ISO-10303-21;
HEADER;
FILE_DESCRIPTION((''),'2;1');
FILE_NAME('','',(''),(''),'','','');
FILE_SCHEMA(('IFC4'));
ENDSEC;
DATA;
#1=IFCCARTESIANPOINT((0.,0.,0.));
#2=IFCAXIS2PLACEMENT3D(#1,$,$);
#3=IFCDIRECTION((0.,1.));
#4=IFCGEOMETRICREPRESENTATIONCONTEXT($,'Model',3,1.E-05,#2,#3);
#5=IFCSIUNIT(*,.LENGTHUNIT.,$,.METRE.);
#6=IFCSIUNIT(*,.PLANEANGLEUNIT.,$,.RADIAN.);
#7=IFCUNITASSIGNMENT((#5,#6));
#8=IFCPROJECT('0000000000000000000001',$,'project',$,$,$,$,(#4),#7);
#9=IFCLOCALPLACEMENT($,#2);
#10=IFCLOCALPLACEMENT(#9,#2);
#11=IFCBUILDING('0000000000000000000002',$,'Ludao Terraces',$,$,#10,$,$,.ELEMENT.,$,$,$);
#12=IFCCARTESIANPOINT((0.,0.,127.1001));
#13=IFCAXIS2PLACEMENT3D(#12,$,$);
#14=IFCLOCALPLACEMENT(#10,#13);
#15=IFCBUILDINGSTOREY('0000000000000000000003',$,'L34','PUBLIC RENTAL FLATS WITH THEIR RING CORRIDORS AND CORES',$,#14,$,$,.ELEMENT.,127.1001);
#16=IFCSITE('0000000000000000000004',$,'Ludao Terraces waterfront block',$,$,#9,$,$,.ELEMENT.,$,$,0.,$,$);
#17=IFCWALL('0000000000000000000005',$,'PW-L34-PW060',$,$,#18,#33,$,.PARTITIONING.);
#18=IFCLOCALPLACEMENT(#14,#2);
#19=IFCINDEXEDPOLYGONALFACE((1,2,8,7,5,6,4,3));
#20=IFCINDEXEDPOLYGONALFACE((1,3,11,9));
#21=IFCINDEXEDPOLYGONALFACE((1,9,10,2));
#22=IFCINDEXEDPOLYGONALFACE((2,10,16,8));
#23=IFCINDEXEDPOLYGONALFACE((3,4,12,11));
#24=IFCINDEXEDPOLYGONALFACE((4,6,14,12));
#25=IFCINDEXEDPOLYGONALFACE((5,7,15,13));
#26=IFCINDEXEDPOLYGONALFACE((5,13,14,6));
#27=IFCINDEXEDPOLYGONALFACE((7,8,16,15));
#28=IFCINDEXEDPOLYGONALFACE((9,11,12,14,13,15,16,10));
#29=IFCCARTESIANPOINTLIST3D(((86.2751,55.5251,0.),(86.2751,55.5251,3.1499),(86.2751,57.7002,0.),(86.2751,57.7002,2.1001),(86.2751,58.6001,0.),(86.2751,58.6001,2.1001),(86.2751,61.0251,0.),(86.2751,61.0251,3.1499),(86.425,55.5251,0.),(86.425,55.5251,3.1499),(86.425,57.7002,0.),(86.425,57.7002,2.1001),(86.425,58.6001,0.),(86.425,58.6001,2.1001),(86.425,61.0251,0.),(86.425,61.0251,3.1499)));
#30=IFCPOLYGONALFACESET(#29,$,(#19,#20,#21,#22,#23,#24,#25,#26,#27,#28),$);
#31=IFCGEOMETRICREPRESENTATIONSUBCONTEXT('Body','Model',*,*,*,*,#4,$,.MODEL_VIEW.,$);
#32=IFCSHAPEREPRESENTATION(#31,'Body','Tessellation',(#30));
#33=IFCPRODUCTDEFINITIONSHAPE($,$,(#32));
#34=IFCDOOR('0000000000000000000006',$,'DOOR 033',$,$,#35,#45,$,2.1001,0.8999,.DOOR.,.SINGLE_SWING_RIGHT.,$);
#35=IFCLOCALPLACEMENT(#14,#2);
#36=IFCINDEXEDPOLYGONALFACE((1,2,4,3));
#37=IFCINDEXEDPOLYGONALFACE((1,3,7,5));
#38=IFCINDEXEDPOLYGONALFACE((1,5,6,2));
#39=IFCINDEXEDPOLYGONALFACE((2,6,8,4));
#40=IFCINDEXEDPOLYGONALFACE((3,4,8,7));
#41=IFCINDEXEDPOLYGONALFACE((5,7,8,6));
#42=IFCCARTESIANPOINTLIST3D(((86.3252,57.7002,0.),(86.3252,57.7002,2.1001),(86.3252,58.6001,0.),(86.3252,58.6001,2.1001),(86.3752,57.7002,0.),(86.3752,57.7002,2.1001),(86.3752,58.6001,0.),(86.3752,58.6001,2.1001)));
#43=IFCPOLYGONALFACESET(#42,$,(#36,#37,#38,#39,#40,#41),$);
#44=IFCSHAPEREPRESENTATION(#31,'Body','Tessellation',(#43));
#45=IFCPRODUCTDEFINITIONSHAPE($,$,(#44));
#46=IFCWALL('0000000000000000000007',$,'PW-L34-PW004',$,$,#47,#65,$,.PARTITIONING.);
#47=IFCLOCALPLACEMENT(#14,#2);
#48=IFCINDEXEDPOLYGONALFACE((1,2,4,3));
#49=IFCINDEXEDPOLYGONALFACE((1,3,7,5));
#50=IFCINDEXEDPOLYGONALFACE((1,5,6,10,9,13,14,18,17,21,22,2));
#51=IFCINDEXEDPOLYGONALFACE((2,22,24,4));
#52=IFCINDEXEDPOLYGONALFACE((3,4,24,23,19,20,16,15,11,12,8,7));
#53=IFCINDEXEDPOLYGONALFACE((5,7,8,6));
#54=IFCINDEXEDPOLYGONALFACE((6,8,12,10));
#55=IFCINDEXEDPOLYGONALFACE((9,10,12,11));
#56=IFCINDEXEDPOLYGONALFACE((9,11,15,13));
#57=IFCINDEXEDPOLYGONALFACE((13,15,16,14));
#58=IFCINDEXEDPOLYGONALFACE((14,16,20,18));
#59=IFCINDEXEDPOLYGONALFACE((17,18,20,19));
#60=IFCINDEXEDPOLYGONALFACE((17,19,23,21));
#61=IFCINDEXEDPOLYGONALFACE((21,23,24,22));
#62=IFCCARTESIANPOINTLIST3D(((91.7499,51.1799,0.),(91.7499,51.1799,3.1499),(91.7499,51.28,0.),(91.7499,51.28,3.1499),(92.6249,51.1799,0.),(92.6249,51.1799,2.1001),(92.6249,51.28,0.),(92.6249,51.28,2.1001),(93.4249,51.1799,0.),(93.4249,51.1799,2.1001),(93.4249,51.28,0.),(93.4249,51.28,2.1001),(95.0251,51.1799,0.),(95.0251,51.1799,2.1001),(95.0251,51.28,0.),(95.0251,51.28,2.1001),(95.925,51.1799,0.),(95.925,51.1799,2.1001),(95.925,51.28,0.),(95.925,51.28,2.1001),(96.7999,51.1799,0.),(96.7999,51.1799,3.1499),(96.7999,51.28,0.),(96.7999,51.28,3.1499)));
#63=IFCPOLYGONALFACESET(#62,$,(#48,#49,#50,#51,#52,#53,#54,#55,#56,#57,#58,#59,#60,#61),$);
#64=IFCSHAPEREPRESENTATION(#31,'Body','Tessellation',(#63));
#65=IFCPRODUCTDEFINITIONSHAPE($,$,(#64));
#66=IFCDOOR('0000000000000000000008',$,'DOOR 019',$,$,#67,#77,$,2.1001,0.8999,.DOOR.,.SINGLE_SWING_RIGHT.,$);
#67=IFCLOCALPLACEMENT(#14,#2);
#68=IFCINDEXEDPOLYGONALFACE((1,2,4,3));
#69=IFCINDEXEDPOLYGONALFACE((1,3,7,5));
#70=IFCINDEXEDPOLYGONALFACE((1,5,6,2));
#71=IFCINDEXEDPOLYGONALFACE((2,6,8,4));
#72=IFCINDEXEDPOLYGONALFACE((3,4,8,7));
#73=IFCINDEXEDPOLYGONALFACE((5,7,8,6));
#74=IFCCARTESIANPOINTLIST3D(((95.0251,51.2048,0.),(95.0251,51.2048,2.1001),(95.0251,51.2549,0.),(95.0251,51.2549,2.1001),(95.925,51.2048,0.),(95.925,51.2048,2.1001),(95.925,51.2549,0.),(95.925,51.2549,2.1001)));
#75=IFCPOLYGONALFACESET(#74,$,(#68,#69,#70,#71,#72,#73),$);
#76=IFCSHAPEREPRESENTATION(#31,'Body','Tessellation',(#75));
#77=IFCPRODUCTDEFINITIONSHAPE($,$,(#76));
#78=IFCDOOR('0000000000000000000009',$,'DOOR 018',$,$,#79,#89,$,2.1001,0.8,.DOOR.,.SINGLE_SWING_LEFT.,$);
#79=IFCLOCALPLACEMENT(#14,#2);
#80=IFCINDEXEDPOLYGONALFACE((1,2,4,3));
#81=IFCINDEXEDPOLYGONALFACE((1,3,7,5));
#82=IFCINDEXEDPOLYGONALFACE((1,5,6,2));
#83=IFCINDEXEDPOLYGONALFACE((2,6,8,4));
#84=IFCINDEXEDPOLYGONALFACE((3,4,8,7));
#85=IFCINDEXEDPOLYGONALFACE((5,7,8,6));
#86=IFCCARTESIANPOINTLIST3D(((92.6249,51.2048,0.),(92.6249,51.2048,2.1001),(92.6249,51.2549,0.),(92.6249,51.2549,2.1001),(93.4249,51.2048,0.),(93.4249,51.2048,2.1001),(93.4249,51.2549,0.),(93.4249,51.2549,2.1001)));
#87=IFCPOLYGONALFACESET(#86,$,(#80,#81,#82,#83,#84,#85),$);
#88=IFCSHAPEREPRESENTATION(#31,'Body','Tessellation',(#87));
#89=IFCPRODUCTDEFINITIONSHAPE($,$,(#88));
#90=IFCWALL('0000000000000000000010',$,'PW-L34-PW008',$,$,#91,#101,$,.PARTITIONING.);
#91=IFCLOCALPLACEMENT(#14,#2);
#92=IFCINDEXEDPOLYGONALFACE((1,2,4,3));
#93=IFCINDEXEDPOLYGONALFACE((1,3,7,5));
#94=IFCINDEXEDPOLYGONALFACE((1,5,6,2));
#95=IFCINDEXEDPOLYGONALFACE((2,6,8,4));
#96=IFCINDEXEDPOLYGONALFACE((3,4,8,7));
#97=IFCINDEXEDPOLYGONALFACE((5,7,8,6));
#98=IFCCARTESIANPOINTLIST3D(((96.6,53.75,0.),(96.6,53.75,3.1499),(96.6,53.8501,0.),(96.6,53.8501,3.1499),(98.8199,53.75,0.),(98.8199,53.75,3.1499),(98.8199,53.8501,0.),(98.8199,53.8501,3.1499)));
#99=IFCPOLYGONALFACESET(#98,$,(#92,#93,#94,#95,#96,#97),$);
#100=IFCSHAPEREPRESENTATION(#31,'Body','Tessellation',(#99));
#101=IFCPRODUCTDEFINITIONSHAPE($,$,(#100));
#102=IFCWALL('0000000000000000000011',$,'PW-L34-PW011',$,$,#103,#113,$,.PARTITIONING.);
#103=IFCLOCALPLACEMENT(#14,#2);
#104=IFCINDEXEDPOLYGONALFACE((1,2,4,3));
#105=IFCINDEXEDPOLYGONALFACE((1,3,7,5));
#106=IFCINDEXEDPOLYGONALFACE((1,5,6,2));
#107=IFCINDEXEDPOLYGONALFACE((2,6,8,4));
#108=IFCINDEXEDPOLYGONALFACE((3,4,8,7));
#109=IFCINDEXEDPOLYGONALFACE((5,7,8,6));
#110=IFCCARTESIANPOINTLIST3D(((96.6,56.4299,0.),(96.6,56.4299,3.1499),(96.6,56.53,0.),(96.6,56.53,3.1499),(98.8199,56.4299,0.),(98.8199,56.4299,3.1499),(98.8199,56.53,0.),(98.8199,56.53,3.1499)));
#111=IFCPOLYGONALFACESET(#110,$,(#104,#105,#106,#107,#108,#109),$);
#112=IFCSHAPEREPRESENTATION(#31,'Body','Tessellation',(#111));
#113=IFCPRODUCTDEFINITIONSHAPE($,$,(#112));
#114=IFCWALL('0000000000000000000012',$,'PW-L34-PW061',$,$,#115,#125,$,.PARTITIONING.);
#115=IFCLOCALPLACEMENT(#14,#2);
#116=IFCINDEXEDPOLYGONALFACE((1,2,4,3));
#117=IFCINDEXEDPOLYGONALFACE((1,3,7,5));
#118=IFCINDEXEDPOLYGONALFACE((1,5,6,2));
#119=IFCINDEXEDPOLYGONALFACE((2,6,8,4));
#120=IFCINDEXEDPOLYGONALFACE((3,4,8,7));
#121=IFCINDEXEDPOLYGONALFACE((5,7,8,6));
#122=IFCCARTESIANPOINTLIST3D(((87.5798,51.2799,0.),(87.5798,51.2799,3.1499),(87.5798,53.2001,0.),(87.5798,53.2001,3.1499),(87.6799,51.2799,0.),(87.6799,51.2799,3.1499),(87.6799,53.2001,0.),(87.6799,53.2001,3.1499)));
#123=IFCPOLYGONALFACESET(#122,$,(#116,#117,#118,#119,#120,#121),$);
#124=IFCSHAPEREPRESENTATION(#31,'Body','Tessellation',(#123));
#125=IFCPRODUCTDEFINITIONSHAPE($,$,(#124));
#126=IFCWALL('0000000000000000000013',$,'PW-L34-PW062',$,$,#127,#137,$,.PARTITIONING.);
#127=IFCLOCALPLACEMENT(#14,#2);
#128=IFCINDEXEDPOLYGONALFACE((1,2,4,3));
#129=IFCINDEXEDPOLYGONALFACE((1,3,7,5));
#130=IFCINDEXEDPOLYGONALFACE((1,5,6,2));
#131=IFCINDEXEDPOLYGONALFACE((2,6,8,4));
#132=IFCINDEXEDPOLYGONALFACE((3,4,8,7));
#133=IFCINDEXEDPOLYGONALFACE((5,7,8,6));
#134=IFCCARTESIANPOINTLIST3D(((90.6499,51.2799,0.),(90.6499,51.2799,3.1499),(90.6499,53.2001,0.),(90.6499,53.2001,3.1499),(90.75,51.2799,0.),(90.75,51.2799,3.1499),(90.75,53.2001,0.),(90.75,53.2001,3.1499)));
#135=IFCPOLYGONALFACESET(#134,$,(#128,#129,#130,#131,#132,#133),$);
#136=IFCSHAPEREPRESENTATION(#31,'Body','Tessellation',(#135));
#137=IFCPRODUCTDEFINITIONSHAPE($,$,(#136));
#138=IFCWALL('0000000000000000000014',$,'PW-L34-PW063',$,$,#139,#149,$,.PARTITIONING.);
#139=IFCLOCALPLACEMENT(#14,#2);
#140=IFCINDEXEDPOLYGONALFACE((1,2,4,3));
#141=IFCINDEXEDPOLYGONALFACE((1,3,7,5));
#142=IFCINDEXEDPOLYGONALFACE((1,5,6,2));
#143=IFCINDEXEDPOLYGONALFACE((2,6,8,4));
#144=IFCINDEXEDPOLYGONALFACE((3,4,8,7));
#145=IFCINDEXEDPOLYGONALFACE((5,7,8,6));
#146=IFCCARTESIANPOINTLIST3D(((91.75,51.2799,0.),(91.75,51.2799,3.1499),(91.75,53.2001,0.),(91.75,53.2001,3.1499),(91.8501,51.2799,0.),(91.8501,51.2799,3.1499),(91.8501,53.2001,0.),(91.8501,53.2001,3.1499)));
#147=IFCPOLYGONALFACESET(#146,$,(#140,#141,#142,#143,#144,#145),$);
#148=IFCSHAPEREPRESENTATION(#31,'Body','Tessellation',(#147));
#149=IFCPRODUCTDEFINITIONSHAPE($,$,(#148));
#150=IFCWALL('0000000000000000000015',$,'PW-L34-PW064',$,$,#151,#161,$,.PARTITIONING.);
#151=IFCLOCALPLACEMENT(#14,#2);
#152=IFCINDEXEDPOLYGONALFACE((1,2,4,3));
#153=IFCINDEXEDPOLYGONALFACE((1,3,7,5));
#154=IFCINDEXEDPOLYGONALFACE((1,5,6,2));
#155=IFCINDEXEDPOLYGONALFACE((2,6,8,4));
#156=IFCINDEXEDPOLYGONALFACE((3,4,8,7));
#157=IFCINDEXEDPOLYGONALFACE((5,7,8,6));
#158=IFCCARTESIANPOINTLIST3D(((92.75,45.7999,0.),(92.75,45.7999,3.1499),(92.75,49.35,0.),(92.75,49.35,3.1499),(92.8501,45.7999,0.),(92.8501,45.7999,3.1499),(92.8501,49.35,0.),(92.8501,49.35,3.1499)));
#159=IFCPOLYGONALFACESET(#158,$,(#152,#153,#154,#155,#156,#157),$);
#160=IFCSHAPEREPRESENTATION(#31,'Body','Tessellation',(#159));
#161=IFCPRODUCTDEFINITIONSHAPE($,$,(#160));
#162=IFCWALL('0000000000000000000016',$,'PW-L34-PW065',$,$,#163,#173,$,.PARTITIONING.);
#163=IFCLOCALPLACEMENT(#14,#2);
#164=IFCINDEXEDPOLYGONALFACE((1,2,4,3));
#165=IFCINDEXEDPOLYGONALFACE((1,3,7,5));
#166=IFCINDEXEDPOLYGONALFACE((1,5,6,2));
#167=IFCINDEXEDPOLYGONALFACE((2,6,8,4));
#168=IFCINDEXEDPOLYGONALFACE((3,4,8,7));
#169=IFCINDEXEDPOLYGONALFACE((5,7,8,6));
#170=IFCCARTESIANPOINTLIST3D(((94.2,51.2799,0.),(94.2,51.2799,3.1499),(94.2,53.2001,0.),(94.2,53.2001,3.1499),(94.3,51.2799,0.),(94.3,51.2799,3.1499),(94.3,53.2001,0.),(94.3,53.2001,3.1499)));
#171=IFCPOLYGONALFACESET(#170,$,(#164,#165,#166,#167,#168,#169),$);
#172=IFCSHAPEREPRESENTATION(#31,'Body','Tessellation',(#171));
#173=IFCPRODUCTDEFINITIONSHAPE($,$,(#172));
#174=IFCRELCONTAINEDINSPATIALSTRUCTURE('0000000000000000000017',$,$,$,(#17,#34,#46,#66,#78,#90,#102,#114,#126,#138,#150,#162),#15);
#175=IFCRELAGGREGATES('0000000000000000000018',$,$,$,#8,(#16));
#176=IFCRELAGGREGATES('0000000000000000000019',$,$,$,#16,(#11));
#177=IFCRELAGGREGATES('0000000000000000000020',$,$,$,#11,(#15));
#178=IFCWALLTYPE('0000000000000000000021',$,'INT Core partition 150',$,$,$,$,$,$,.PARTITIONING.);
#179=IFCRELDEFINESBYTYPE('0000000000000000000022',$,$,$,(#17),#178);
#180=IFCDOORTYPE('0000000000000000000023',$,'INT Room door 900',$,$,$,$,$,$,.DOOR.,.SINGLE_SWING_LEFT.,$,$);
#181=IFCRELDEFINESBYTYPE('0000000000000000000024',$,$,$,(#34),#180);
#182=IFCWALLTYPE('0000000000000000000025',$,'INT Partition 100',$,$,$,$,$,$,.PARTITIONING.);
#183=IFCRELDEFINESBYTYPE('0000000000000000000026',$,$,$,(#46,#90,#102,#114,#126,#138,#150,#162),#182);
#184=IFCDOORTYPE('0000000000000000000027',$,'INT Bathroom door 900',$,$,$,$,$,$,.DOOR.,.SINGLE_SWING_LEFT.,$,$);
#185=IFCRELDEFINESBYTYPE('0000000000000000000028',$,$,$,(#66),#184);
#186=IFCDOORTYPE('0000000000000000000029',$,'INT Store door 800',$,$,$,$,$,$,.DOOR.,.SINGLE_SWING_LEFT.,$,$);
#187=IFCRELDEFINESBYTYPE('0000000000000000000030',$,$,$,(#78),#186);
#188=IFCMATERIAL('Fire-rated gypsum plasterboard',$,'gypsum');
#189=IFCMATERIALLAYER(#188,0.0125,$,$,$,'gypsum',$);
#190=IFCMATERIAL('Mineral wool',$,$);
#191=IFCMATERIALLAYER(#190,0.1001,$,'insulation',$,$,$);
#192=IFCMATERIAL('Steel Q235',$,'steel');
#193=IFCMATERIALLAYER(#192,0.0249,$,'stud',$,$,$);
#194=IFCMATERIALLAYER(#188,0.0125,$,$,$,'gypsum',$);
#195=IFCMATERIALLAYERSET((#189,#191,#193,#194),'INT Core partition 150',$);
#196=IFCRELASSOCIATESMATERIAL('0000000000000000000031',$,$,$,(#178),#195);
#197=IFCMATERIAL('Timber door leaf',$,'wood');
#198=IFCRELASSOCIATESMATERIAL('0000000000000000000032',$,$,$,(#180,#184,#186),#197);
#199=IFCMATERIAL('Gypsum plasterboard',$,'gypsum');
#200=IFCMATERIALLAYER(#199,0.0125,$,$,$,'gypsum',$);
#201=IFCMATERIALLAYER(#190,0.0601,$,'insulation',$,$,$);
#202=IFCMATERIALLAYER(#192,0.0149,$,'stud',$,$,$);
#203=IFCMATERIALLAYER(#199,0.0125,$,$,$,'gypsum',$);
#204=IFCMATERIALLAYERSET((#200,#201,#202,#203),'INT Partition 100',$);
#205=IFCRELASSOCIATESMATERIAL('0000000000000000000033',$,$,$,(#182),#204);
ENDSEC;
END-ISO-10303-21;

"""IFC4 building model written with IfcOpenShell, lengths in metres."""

from ifc_helpers import new_model, si_unit, direction, frame, frame_2d, origin, place, context, subcontext, project, spatial, rectangle, extrude, material, layer, layer_set, type_object, element, fill, save


model = new_model("IFC4")

# Units and contexts
model_context = context("Model", 3, precision=1e-05, world=origin(), true_north=direction((0.0, 1.0)))
body_context = subcontext(model_context, "Body", "Model", "MODEL_VIEW")
ifc_project = project(units=[si_unit("LENGTHUNIT", "METRE"), si_unit("PLANEANGLEUNIT", "RADIAN")], contexts=[model_context])

# Site, building, storey
site_placement = place(None, origin())
site = spatial("IfcSite", under=ifc_project, at=site_placement, Name="Ludao Terraces waterfront block", CompositionType="ELEMENT", RefElevation=0.0)
building_placement = place(site_placement, origin())
building = spatial("IfcBuilding", under=site, at=building_placement, Name="Ludao Terraces", CompositionType="ELEMENT")
storey_placement = place(building_placement, frame((0.0, 0.0, 127.1001)))
storey = spatial("IfcBuildingStorey", under=building, at=storey_placement, Name="L34", Description="PUBLIC RENTAL FLATS WITH THEIR RING CORRIDORS AND CORES", CompositionType="ELEMENT", Elevation=127.1001)

# Shared definitions
ifc_material_1 = material(Name="Steel Q235", Category="steel")

# Shared definitions
ifc_material_2 = material(Name="Mineral wool")

# Wall, opening, door
ifc_material_3 = material(Name="Fire-rated gypsum plasterboard", Category="gypsum")
ifc_layer_1 = layer(ifc_material_3, 0.0125, Category="gypsum")
ifc_layer_2 = layer(ifc_material_2, 0.1001, Name="insulation")
ifc_layer_3 = layer(ifc_material_1, 0.0249, Name="stud")
ifc_layer_4 = layer(ifc_material_3, 0.0125, Category="gypsum")
ifc_layer_set_1 = layer_set([ifc_layer_1, ifc_layer_2, ifc_layer_3, ifc_layer_4], Name="INT Core partition 150")
wall_type_1 = type_object("IfcWallType", Name="INT Core partition 150", PredefinedType="PARTITIONING", material=ifc_layer_set_1)
wall_1_placement = place(storey_placement, frame((86.3501, 55.5251, 0.0), z_axis=(0.0, 0.0, 1.0), x_axis=(0.0, 1.0, 0.0)))
wall_1 = element("IfcWall", 1, at=wall_1_placement, inside=storey, type_object=wall_type_1, Name="PW-L34-PW060", PredefinedType="PARTITIONING", context=body_context, shape_type="SweptSolid", body=[
    extrude(rectangle(XDim=5.5, YDim=0.1499, at=frame_2d((2.75, 0.0))), origin(), (0.0, 0.0, 1.0), 3.1499),
])
opening_1_placement = place(wall_1_placement, frame((2.175, 0.0, 0.0)))
opening_1 = element("IfcOpeningElement", 2, at=opening_1_placement, cuts=wall_1, PredefinedType="OPENING", context=body_context, shape_type="SweptSolid", body=[
    extrude(rectangle(XDim=0.8999, YDim=2.1001, at=frame_2d((0.45, 1.05))), frame((0.0, 0.085, 0.0), z_axis=(0.0, -1.0, 0.0), x_axis=(1.0, 0.0, 0.0)), (0.0, 0.0, 1.0), 0.1699),
])
ifc_material_4 = material(Name="Timber door leaf", Category="wood")
door_type_1 = type_object("IfcDoorType", Name="INT Room door 900", OperationType="SINGLE_SWING_LEFT", PredefinedType="DOOR", material=ifc_material_4)
door_1_placement = place(opening_1_placement, origin())
door_1 = element("IfcDoor", 3, at=door_1_placement, inside=storey, type_object=door_type_1, Name="DOOR 033", OperationType="SINGLE_SWING_RIGHT", OverallHeight=2.1001, OverallWidth=0.8999, PredefinedType="DOOR", context=body_context, shape_type="SweptSolid", body=[
    extrude(rectangle(XDim=0.8999, YDim=2.1001, at=frame_2d((0.45, 1.05))), frame((0.0, 0.0249, 0.0), z_axis=(0.0, -1.0, 0.0), x_axis=(1.0, 0.0, 0.0)), (0.0, 0.0, 1.0), 0.05),
])
fill(opening_1, door_1)

# Wall, openings, doors
ifc_material_5 = material(Name="Gypsum plasterboard", Category="gypsum")
ifc_layer_5 = layer(ifc_material_5, 0.0125, Category="gypsum")
ifc_layer_6 = layer(ifc_material_2, 0.0601, Name="insulation")
ifc_layer_7 = layer(ifc_material_1, 0.0149, Name="stud")
ifc_layer_8 = layer(ifc_material_5, 0.0125, Category="gypsum")
ifc_layer_set_2 = layer_set([ifc_layer_5, ifc_layer_6, ifc_layer_7, ifc_layer_8], Name="INT Partition 100")
wall_type_2 = type_object("IfcWallType", Name="INT Partition 100", PredefinedType="PARTITIONING", material=ifc_layer_set_2)
wall_2_placement = place(storey_placement, frame((91.75, 51.23, 0.0), z_axis=(0.0, 0.0, 1.0), x_axis=(1.0, 0.0, 0.0)))
wall_2 = element("IfcWall", 4, at=wall_2_placement, inside=storey, type_object=wall_type_2, Name="PW-L34-PW004", PredefinedType="PARTITIONING", context=body_context, shape_type="SweptSolid", body=[
    extrude(rectangle(XDim=5.05, YDim=0.1001, at=frame_2d((2.5249, 0.0))), origin(), (0.0, 0.0, 1.0), 3.1499),
])
opening_2_placement = place(wall_2_placement, frame((0.875, 0.0, 0.0)))
opening_2 = element("IfcOpeningElement", 5, at=opening_2_placement, cuts=wall_2, PredefinedType="OPENING", context=body_context, shape_type="SweptSolid", body=[
    extrude(rectangle(XDim=0.8, YDim=2.1001, at=frame_2d((0.3999, 1.05))), frame((0.0, 0.0601, 0.0), z_axis=(0.0, -1.0, 0.0), x_axis=(1.0, 0.0, 0.0)), (0.0, 0.0, 1.0), 0.1201),
])
opening_3_placement = place(wall_2_placement, frame((3.2751, 0.0, 0.0)))
opening_3 = element("IfcOpeningElement", 6, at=opening_3_placement, cuts=wall_2, PredefinedType="OPENING", context=body_context, shape_type="SweptSolid", body=[
    extrude(rectangle(XDim=0.8999, YDim=2.1001, at=frame_2d((0.45, 1.05))), frame((0.0, 0.0601, 0.0), z_axis=(0.0, -1.0, 0.0), x_axis=(1.0, 0.0, 0.0)), (0.0, 0.0, 1.0), 0.1201),
])
door_type_2 = type_object("IfcDoorType", Name="INT Bathroom door 900", OperationType="SINGLE_SWING_LEFT", PredefinedType="DOOR", material=ifc_material_4)
door_2_placement = place(opening_3_placement, origin())
door_2 = element("IfcDoor", 7, at=door_2_placement, inside=storey, type_object=door_type_2, Name="DOOR 019", OperationType="SINGLE_SWING_RIGHT", OverallHeight=2.1001, OverallWidth=0.8999, PredefinedType="DOOR", context=body_context, shape_type="SweptSolid", body=[
    extrude(rectangle(XDim=0.8999, YDim=2.1001, at=frame_2d((0.45, 1.05))), frame((0.0, 0.0249, 0.0), z_axis=(0.0, -1.0, 0.0), x_axis=(1.0, 0.0, 0.0)), (0.0, 0.0, 1.0), 0.05),
])
fill(opening_3, door_2)
door_type_3 = type_object("IfcDoorType", Name="INT Store door 800", OperationType="SINGLE_SWING_LEFT", PredefinedType="DOOR", material=ifc_material_4)
door_3_placement = place(opening_2_placement, origin())
door_3 = element("IfcDoor", 8, at=door_3_placement, inside=storey, type_object=door_type_3, Name="DOOR 018", OperationType="SINGLE_SWING_LEFT", OverallHeight=2.1001, OverallWidth=0.8, PredefinedType="DOOR", context=body_context, shape_type="SweptSolid", body=[
    extrude(rectangle(XDim=0.8, YDim=2.1001, at=frame_2d((0.3999, 1.05))), frame((0.0, 0.0249, 0.0), z_axis=(0.0, -1.0, 0.0), x_axis=(1.0, 0.0, 0.0)), (0.0, 0.0, 1.0), 0.05),
])
fill(opening_2, door_3)

# Walls
for number, where, z_axis, x_axis, name in (
    (9, (96.6001, 53.8, 0.0), (0.0, 0.0, 1.0), (1.0, 0.0, 0.0), "PW-L34-PW008"),
    (10, (96.6001, 56.48, 0.0), (0.0, 0.0, 1.0), (1.0, 0.0, 0.0), "PW-L34-PW011"),
):
    element("IfcWall", number, at=place(storey_placement, frame(where, z_axis=z_axis, x_axis=x_axis)), inside=storey, type_object=wall_type_2, Name=name, PredefinedType="PARTITIONING", context=body_context, shape_type="SweptSolid", body=[
        extrude(rectangle(XDim=2.22, YDim=0.1001, at=frame_2d((1.1099, 0.0))), origin(), (0.0, 0.0, 1.0), 3.1499),
    ])
for number, where, z_axis, x_axis, name in (
    (11, (87.6299, 51.28, 0.0), (0.0, 0.0, 1.0), (0.0, 1.0, 0.0), "PW-L34-PW061"),
    (12, (90.7, 51.28, 0.0), (0.0, 0.0, 1.0), (0.0, 1.0, 0.0), "PW-L34-PW062"),
    (13, (91.8, 51.28, 0.0), (0.0, 0.0, 1.0), (0.0, 1.0, 0.0), "PW-L34-PW063"),
):
    element("IfcWall", number, at=place(storey_placement, frame(where, z_axis=z_axis, x_axis=x_axis)), inside=storey, type_object=wall_type_2, Name=name, PredefinedType="PARTITIONING", context=body_context, shape_type="SweptSolid", body=[
        extrude(rectangle(XDim=1.9202, YDim=0.1001, at=frame_2d((0.96, 0.0))), origin(), (0.0, 0.0, 1.0), 3.1499),
    ])
wall_3_placement = place(storey_placement, frame((92.8, 45.8, 0.0), z_axis=(0.0, 0.0, 1.0), x_axis=(0.0, 1.0, 0.0)))
element("IfcWall", 14, at=wall_3_placement, inside=storey, type_object=wall_type_2, Name="PW-L34-PW064", PredefinedType="PARTITIONING", context=body_context, shape_type="SweptSolid", body=[
    extrude(rectangle(XDim=3.55, YDim=0.1001, at=frame_2d((1.7749, 0.0))), origin(), (0.0, 0.0, 1.0), 3.1499),
])
wall_4_placement = place(storey_placement, frame((94.25, 51.28, 0.0), z_axis=(0.0, 0.0, 1.0), x_axis=(0.0, 1.0, 0.0)))
element("IfcWall", 15, at=wall_4_placement, inside=storey, type_object=wall_type_2, Name="PW-L34-PW065", PredefinedType="PARTITIONING", context=body_context, shape_type="SweptSolid", body=[
    extrude(rectangle(XDim=1.9202, YDim=0.1001, at=frame_2d((0.96, 0.0))), origin(), (0.0, 0.0, 1.0), 3.1499),
])

save(model, "model.ifc")
